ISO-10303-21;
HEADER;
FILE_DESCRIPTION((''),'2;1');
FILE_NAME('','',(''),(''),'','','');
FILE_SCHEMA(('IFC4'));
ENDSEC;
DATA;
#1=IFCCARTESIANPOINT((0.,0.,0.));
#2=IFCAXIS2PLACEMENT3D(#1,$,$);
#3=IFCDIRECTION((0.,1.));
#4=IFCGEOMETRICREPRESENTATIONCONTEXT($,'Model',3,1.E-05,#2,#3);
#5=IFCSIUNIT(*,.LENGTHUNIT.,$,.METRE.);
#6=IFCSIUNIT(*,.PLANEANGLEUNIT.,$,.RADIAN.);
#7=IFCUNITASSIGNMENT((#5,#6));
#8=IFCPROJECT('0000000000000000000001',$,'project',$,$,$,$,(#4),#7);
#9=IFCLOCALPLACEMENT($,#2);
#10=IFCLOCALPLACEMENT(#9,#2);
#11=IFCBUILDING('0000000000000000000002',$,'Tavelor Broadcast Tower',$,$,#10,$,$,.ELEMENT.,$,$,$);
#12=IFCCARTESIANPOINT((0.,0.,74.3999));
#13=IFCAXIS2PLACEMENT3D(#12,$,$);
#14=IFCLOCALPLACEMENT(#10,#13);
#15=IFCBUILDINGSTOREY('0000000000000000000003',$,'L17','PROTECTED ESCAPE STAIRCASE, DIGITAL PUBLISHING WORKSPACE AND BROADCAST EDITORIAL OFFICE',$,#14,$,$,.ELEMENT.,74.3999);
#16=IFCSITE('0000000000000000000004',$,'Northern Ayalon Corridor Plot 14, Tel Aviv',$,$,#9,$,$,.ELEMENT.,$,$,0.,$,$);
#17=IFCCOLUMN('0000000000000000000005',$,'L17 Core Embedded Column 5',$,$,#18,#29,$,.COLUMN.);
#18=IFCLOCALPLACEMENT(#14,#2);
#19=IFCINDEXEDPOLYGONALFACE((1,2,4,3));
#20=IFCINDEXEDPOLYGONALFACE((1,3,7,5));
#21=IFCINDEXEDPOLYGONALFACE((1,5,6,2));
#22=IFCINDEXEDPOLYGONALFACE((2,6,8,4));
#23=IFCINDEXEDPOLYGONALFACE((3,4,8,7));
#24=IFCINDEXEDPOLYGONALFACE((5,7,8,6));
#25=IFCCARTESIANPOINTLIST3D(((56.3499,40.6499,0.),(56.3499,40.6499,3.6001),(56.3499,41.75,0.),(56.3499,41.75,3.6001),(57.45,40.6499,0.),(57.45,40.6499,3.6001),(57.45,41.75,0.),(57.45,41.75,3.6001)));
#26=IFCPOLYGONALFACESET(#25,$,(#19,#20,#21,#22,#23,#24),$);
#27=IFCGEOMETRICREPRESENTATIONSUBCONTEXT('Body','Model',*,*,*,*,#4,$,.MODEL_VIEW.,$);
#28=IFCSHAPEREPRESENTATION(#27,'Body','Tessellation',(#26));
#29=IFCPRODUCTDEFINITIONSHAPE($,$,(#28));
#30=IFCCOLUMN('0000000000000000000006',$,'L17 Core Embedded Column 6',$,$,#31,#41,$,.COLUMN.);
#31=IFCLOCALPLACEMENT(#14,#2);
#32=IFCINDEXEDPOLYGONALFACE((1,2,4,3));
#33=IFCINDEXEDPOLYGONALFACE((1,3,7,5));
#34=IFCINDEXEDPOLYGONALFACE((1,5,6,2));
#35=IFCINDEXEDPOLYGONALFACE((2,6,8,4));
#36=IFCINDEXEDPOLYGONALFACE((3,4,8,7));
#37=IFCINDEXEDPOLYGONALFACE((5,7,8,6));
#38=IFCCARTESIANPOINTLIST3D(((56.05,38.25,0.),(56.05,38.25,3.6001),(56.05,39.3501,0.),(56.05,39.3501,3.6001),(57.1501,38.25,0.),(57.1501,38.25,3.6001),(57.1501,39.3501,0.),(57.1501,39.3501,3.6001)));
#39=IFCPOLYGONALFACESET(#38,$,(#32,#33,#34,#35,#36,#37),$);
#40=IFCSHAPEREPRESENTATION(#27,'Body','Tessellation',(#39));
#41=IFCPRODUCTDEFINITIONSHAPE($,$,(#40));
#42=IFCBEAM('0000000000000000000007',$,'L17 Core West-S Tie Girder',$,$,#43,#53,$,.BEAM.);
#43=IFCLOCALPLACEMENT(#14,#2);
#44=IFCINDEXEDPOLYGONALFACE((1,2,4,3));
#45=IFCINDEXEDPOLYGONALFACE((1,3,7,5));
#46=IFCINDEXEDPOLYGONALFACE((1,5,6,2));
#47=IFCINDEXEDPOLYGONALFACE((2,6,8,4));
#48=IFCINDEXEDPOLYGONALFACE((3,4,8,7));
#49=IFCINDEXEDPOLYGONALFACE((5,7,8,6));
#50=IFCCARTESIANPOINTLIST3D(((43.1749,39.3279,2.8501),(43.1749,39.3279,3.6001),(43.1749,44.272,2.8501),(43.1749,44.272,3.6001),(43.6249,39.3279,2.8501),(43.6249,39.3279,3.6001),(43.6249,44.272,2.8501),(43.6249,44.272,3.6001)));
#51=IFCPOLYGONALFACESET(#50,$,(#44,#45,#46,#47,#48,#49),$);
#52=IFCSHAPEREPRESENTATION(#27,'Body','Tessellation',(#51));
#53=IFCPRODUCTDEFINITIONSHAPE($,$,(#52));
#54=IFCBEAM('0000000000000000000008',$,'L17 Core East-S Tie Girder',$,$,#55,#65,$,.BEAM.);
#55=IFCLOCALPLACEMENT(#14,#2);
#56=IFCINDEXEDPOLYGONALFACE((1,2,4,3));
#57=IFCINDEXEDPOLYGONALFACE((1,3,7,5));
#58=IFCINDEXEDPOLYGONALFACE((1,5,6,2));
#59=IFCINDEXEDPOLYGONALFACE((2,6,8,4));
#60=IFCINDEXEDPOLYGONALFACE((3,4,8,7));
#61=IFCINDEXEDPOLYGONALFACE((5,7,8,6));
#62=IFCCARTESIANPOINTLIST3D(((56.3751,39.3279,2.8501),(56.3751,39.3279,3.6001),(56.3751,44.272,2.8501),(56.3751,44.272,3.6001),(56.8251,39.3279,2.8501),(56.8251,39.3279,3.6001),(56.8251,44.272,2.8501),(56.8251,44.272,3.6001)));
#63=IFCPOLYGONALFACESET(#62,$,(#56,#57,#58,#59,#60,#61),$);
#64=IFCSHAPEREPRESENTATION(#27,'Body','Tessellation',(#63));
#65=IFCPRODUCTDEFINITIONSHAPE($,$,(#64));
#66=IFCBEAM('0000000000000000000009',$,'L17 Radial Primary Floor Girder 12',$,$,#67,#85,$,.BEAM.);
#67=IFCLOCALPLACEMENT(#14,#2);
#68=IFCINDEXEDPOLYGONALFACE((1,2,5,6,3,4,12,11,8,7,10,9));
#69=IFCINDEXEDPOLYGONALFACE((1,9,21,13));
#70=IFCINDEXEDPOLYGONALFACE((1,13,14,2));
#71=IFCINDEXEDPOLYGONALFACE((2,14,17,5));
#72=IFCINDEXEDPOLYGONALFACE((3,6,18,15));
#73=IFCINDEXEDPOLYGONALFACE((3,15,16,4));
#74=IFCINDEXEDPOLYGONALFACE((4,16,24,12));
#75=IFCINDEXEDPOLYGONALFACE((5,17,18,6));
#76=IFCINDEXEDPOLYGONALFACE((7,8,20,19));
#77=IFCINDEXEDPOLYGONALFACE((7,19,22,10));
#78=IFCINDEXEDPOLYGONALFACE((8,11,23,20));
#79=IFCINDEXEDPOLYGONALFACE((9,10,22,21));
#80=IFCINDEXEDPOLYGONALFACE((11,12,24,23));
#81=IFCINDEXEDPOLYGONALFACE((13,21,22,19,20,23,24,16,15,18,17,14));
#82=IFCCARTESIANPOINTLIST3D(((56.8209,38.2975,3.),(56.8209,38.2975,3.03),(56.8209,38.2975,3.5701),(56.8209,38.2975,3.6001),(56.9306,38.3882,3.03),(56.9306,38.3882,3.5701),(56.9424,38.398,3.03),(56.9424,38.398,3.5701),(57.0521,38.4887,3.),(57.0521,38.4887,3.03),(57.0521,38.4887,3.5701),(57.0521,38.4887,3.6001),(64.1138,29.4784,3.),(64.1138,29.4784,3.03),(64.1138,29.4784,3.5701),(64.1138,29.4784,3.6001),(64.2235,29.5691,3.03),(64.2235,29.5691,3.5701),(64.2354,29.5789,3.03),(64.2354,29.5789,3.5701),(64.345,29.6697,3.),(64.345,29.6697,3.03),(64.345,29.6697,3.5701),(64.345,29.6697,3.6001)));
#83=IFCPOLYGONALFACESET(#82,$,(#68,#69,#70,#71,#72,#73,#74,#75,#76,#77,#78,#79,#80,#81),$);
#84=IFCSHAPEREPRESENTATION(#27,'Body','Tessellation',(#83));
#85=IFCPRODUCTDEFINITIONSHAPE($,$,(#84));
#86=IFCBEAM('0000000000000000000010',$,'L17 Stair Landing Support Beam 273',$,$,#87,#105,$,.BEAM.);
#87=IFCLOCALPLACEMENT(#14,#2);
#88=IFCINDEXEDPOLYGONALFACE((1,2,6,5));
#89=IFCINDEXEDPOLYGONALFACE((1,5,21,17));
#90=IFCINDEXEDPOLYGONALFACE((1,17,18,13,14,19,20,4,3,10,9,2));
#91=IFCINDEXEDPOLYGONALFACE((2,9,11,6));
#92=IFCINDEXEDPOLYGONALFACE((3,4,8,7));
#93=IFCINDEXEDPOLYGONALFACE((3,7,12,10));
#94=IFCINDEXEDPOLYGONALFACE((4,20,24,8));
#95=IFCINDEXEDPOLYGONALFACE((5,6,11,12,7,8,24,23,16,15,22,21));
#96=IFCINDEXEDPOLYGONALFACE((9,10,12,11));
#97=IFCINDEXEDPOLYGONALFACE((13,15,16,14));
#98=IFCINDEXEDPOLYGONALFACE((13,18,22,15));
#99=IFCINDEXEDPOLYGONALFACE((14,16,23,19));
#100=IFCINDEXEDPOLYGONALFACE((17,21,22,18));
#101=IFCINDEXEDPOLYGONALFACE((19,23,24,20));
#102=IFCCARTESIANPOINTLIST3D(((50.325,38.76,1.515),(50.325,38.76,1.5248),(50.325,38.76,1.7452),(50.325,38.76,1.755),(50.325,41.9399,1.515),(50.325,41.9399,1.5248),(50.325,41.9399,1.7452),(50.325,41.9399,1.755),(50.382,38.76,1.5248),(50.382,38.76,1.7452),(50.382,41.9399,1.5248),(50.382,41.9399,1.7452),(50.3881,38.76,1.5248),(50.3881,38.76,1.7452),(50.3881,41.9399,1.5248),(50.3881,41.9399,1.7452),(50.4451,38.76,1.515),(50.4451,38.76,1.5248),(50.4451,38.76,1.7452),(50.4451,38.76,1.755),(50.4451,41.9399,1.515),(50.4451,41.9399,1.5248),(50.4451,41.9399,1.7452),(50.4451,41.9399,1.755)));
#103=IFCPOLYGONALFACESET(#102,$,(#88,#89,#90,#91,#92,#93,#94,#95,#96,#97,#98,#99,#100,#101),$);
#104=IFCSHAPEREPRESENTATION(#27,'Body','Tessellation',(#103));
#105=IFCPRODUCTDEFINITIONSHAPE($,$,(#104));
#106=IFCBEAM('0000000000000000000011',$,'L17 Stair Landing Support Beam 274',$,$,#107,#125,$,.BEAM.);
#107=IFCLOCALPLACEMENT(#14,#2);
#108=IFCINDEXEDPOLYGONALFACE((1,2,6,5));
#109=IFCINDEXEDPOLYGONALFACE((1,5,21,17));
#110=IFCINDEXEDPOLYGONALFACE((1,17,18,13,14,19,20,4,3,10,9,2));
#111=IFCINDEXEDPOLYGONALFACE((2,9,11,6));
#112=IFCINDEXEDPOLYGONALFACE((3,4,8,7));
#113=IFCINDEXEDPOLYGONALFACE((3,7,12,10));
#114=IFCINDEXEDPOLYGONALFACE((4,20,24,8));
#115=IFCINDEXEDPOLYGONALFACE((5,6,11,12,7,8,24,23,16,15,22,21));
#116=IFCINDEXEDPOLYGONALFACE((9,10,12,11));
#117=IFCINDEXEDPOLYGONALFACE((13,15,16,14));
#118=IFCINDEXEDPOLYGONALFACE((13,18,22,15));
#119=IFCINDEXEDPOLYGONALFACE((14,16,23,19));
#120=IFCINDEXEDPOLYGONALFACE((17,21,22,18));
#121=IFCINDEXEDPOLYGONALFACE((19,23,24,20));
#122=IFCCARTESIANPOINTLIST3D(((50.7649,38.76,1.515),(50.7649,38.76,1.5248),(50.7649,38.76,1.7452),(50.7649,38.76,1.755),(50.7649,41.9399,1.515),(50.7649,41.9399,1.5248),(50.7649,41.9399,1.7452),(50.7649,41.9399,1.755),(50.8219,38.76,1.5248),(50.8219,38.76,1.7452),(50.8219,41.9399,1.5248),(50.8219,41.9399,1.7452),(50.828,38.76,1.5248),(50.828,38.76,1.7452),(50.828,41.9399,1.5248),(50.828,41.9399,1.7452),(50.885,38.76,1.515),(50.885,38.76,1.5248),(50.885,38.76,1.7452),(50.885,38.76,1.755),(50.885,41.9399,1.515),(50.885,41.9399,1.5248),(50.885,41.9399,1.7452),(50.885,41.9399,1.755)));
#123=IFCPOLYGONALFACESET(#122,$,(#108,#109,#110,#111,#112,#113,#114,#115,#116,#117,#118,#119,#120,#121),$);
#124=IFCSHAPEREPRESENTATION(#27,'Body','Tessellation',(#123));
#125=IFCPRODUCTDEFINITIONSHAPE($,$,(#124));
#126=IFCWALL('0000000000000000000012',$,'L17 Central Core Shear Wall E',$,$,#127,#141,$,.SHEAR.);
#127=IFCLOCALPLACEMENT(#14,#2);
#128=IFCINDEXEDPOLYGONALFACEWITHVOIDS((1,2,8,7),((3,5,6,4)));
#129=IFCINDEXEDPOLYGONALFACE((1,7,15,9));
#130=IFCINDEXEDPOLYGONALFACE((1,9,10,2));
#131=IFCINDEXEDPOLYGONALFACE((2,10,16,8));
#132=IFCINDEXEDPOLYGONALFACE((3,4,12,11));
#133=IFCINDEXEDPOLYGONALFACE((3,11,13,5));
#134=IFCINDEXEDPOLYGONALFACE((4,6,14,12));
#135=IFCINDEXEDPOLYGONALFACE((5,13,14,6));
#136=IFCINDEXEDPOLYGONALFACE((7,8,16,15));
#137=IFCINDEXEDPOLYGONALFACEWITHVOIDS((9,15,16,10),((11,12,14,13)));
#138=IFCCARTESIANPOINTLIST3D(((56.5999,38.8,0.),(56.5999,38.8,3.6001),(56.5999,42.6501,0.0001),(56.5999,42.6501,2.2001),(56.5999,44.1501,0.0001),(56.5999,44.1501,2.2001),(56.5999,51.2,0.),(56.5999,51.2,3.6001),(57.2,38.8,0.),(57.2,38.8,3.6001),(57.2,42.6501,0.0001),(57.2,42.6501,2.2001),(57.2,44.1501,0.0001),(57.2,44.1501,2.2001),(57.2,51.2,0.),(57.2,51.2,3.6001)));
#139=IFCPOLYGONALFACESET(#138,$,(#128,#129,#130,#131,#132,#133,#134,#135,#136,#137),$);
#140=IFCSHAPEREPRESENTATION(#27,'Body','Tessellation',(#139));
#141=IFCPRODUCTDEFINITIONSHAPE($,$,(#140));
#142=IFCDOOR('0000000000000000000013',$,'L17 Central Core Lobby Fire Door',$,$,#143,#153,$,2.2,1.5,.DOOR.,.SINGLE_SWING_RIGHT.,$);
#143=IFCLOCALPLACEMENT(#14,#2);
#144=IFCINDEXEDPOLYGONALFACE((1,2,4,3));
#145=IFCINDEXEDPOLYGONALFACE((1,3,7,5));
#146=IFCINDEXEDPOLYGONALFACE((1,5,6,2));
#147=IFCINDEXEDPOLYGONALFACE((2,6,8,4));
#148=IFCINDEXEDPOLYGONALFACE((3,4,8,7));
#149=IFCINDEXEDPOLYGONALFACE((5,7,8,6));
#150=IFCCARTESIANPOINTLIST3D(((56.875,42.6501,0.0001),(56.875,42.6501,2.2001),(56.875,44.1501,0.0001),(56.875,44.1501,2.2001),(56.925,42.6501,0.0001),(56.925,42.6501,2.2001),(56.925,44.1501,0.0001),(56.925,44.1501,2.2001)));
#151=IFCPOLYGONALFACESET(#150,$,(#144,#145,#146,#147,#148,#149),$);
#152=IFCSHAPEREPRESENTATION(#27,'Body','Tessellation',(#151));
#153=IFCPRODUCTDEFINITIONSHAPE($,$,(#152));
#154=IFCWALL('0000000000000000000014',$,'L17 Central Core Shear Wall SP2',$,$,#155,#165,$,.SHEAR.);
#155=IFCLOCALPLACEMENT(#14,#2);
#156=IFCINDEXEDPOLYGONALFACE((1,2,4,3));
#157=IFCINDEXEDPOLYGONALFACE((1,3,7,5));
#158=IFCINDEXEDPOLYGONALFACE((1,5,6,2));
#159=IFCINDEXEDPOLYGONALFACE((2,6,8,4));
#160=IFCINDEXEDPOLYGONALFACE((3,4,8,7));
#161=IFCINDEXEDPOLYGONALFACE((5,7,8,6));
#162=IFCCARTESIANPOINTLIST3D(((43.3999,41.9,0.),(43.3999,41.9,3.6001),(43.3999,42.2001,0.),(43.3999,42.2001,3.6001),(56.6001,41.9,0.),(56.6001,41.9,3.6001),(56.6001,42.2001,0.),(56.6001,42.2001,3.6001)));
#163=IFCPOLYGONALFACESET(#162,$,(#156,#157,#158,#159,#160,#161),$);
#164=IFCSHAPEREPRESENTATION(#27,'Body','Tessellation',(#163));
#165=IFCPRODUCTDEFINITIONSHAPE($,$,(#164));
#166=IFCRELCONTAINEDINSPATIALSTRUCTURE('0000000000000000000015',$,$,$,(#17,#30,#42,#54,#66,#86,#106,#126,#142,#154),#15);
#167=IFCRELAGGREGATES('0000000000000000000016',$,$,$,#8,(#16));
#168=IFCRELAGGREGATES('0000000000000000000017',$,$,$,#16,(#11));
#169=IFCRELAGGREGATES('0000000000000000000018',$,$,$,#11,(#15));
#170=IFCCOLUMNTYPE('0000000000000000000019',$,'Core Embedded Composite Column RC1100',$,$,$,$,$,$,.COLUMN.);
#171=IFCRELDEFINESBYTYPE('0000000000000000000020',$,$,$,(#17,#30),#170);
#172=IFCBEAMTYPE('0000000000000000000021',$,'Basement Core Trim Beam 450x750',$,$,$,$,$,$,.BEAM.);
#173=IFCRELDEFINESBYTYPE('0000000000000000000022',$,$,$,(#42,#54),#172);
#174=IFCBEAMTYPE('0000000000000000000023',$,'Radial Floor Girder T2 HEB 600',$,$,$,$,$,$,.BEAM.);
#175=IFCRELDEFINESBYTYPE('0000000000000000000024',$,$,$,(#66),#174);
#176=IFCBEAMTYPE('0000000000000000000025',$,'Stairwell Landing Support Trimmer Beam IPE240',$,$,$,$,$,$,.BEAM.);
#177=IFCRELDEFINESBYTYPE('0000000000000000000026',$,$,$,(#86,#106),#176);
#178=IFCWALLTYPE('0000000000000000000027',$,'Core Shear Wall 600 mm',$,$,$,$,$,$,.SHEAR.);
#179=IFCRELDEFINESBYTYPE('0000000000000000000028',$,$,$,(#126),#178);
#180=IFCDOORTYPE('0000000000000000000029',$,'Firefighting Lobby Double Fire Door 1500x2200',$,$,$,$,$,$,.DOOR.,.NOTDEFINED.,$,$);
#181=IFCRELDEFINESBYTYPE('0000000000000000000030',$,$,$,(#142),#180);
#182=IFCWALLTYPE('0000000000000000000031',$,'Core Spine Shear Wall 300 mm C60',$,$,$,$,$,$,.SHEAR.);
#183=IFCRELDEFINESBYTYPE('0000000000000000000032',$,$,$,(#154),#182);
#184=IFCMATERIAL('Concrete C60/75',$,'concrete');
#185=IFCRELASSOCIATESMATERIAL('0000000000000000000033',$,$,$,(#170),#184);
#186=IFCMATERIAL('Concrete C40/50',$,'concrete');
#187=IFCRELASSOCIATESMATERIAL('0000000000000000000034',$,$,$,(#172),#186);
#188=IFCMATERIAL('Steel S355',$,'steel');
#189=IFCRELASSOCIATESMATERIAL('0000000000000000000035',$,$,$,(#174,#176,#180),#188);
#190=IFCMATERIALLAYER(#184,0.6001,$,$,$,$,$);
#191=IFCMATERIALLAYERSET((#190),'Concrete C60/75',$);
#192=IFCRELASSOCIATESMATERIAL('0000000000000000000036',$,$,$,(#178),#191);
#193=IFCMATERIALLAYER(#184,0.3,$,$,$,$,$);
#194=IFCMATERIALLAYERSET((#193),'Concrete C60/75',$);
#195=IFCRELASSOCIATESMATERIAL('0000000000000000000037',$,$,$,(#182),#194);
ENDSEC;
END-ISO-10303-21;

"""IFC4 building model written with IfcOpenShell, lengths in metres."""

from ifc_helpers import new_model, si_unit, direction, frame, frame_2d, origin, origin_2d, place, context, subcontext, project, spatial, rectangle, i_section, extrude, material, layer, layer_set, material_profile, profile_set, type_object, element, fill, save


model = new_model("IFC4")

# Units and contexts
model_context = context("Model", 3, precision=1e-05, world=origin(), true_north=direction((0.0, 1.0)))
body_context = subcontext(model_context, "Body", "Model", "MODEL_VIEW")
ifc_project = project(units=[si_unit("LENGTHUNIT", "METRE"), si_unit("PLANEANGLEUNIT", "RADIAN")], contexts=[model_context])

# Site, building, storey
site_placement = place(None, origin())
site = spatial("IfcSite", under=ifc_project, at=site_placement, Name="Northern Ayalon Corridor Plot 14, Tel Aviv", CompositionType="ELEMENT", RefElevation=0.0)
building_placement = place(site_placement, origin())
building = spatial("IfcBuilding", under=site, at=building_placement, Name="Tavelor Broadcast Tower", CompositionType="ELEMENT")
storey_placement = place(building_placement, frame((0.0, 0.0, 74.3999)))
storey = spatial("IfcBuildingStorey", under=building, at=storey_placement, Name="L17", Description="PROTECTED ESCAPE STAIRCASE, DIGITAL PUBLISHING WORKSPACE AND BROADCAST EDITORIAL OFFICE", CompositionType="ELEMENT", Elevation=74.3999)

# Columns
ifc_material_1 = material(Name="Concrete C60/75", Category="concrete")
ifc_material_profile_1 = material_profile(ifc_material_1, rectangle(XDim=1.1001, YDim=1.1001, at=origin_2d()), Name="RC 1100x1100")
ifc_profile_set_1 = profile_set([ifc_material_profile_1], Name="Concrete C60/75")
column_type = type_object("IfcColumnType", Name="Core Embedded Composite Column RC1100", PredefinedType="COLUMN", material=ifc_profile_set_1)
for number, where, z_axis, x_axis, name in (
    (1, (56.8999, 41.2, 0.0), (0.0, 0.0, 1.0), (1.0, 0.0, 0.0), "L17 Core Embedded Column 5"),
    (2, (56.6001, 38.8, 0.0), (0.0, 0.0, 1.0), (1.0, 0.0, 0.0), "L17 Core Embedded Column 6"),
):
    element("IfcColumn", number, at=place(storey_placement, frame(where, z_axis=z_axis, x_axis=x_axis)), inside=storey, type_object=column_type, Name=name, PredefinedType="COLUMN", context=body_context, shape_type="SweptSolid", body=[
        extrude(rectangle(XDim=1.1001, YDim=1.1001, at=origin_2d()), origin(), (0.0, 0.0, 1.0), 3.6001),
    ])

# Beams
ifc_material_2 = material(Name="Concrete C40/50", Category="concrete")
ifc_material_profile_2 = material_profile(ifc_material_2, rectangle(XDim=0.45, YDim=0.75, at=origin_2d()), Name="RC 450x750")
ifc_profile_set_2 = profile_set([ifc_material_profile_2], Name="Concrete C40/50")
beam_type_1 = type_object("IfcBeamType", Name="Basement Core Trim Beam 450x750", PredefinedType="BEAM", material=ifc_profile_set_2)
for number, where, z_axis, x_axis, name in (
    (3, (43.3999, 39.3279, 3.2251), (0.0, 1.0, 0.0), (-1.0, 0.0, 0.0), "L17 Core West-S Tie Girder"),
    (4, (56.6001, 39.3279, 3.2251), (0.0, 1.0, 0.0), (-1.0, 0.0, 0.0), "L17 Core East-S Tie Girder"),
):
    element("IfcBeam", number, at=place(storey_placement, frame(where, z_axis=z_axis, x_axis=x_axis)), inside=storey, type_object=beam_type_1, Name=name, PredefinedType="BEAM", context=body_context, shape_type="SweptSolid", body=[
        extrude(rectangle(XDim=0.45, YDim=0.75, at=origin_2d()), origin(), (0.0, 0.0, 1.0), 4.9441),
    ])
ifc_material_3 = material(Name="Steel S355", Category="steel")
ifc_material_profile_3 = material_profile(ifc_material_3, i_section(OverallWidth=0.3, OverallDepth=0.6001, WebThickness=0.0154, FlangeThickness=0.03, at=origin_2d()), Name="HEB 600")
ifc_profile_set_3 = profile_set([ifc_material_profile_3], Name="Steel S355")
beam_type_2 = type_object("IfcBeamType", Name="Radial Floor Girder T2 HEB 600", PredefinedType="BEAM", material=ifc_profile_set_3)
beam_placement = place(storey_placement, frame((56.9365, 38.3931, 3.3), z_axis=(0.637278, -0.770634, 0.0), x_axis=(0.770634, 0.637278, 0.0)))
element("IfcBeam", 5, at=beam_placement, inside=storey, type_object=beam_type_2, Name="L17 Radial Primary Floor Girder 12", PredefinedType="BEAM", context=body_context, shape_type="SweptSolid", body=[
    extrude(i_section(OverallWidth=0.3, OverallDepth=0.6001, WebThickness=0.0154, FlangeThickness=0.03, at=origin_2d()), origin(), (0.0, 0.0, 1.0), 11.4438),
])
ifc_material_profile_4 = material_profile(ifc_material_3, i_section(OverallWidth=0.1201, OverallDepth=0.24, WebThickness=0.0061, FlangeThickness=0.0098, at=origin_2d()), Name="IPE 240")
ifc_profile_set_4 = profile_set([ifc_material_profile_4], Name="Steel S355")
beam_type_3 = type_object("IfcBeamType", Name="Stairwell Landing Support Trimmer Beam IPE240", PredefinedType="BEAM", material=ifc_profile_set_4)
for number, where, z_axis, x_axis, name in (
    (6, (50.385, 38.76, 1.635), (0.0, 1.0, 0.0), (-1.0, 0.0, 0.0), "L17 Stair Landing Support Beam 273"),
    (7, (50.825, 38.76, 1.635), (0.0, 1.0, 0.0), (-1.0, 0.0, 0.0), "L17 Stair Landing Support Beam 274"),
):
    element("IfcBeam", number, at=place(storey_placement, frame(where, z_axis=z_axis, x_axis=x_axis)), inside=storey, type_object=beam_type_3, Name=name, PredefinedType="BEAM", context=body_context, shape_type="SweptSolid", body=[
        extrude(i_section(OverallWidth=0.1201, OverallDepth=0.24, WebThickness=0.0061, FlangeThickness=0.0098, at=origin_2d()), origin(), (0.0, 0.0, 1.0), 3.1799),
    ])

# Wall, opening, door
ifc_layer_1 = layer(ifc_material_1, 0.6001)
ifc_layer_set_1 = layer_set([ifc_layer_1], Name="Concrete C60/75")
wall_type_1 = type_object("IfcWallType", Name="Core Shear Wall 600 mm", PredefinedType="SHEAR", material=ifc_layer_set_1)
wall_1_placement = place(storey_placement, frame((56.8999, 38.8, 0.0), z_axis=(0.0, 0.0, 1.0), x_axis=(0.0, 1.0, 0.0)))
wall_1 = element("IfcWall", 8, at=wall_1_placement, inside=storey, type_object=wall_type_1, Name="L17 Central Core Shear Wall E", PredefinedType="SHEAR", context=body_context, shape_type="SweptSolid", body=[
    extrude(rectangle(XDim=12.3999, YDim=0.6001, at=frame_2d((6.2, 0.0))), origin(), (0.0, 0.0, 1.0), 3.6001),
])
opening_1_placement = place(wall_1_placement, frame((3.8501, 0.0, 0.0)))
opening_1 = element("IfcOpeningElement", 9, at=opening_1_placement, cuts=wall_1, PredefinedType="OPENING", context=body_context, shape_type="SweptSolid", body=[
    extrude(rectangle(XDim=1.5, YDim=2.2, at=frame_2d((0.75, 1.1001))), frame((0.0, 0.3101, 0.0), z_axis=(0.0, -1.0, 0.0), x_axis=(1.0, 0.0, 0.0)), (0.0, 0.0, 1.0), 0.6201),
])
door_type_1 = type_object("IfcDoorType", Name="Firefighting Lobby Double Fire Door 1500x2200", OperationType="NOTDEFINED", PredefinedType="DOOR", material=ifc_material_3)
door_1_placement = place(opening_1_placement, origin())
door_1 = element("IfcDoor", 10, at=door_1_placement, inside=storey, type_object=door_type_1, Name="L17 Central Core Lobby Fire Door", OperationType="SINGLE_SWING_RIGHT", OverallHeight=2.2, OverallWidth=1.5, PredefinedType="DOOR", context=body_context, shape_type="SweptSolid", body=[
    extrude(rectangle(XDim=1.5, YDim=2.2, at=frame_2d((0.75, 1.1001))), frame((0.0, 0.0249, 0.0), z_axis=(0.0, -1.0, 0.0), x_axis=(1.0, 0.0, 0.0)), (0.0, 0.0, 1.0), 0.05),
])
fill(opening_1, door_1)

# Wall
ifc_layer_2 = layer(ifc_material_1, 0.3)
ifc_layer_set_2 = layer_set([ifc_layer_2], Name="Concrete C60/75")
wall_type_2 = type_object("IfcWallType", Name="Core Spine Shear Wall 300 mm C60", PredefinedType="SHEAR", material=ifc_layer_set_2)
wall_2_placement = place(storey_placement, frame((43.3999, 42.05, 0.0), z_axis=(0.0, 0.0, 1.0), x_axis=(1.0, 0.0, 0.0)))
element("IfcWall", 11, at=wall_2_placement, inside=storey, type_object=wall_type_2, Name="L17 Central Core Shear Wall SP2", PredefinedType="SHEAR", context=body_context, shape_type="SweptSolid", body=[
    extrude(rectangle(XDim=13.2002, YDim=0.3, at=frame_2d((6.6001, 0.0))), origin(), (0.0, 0.0, 1.0), 3.6001),
])

save(model, "model.ifc")
